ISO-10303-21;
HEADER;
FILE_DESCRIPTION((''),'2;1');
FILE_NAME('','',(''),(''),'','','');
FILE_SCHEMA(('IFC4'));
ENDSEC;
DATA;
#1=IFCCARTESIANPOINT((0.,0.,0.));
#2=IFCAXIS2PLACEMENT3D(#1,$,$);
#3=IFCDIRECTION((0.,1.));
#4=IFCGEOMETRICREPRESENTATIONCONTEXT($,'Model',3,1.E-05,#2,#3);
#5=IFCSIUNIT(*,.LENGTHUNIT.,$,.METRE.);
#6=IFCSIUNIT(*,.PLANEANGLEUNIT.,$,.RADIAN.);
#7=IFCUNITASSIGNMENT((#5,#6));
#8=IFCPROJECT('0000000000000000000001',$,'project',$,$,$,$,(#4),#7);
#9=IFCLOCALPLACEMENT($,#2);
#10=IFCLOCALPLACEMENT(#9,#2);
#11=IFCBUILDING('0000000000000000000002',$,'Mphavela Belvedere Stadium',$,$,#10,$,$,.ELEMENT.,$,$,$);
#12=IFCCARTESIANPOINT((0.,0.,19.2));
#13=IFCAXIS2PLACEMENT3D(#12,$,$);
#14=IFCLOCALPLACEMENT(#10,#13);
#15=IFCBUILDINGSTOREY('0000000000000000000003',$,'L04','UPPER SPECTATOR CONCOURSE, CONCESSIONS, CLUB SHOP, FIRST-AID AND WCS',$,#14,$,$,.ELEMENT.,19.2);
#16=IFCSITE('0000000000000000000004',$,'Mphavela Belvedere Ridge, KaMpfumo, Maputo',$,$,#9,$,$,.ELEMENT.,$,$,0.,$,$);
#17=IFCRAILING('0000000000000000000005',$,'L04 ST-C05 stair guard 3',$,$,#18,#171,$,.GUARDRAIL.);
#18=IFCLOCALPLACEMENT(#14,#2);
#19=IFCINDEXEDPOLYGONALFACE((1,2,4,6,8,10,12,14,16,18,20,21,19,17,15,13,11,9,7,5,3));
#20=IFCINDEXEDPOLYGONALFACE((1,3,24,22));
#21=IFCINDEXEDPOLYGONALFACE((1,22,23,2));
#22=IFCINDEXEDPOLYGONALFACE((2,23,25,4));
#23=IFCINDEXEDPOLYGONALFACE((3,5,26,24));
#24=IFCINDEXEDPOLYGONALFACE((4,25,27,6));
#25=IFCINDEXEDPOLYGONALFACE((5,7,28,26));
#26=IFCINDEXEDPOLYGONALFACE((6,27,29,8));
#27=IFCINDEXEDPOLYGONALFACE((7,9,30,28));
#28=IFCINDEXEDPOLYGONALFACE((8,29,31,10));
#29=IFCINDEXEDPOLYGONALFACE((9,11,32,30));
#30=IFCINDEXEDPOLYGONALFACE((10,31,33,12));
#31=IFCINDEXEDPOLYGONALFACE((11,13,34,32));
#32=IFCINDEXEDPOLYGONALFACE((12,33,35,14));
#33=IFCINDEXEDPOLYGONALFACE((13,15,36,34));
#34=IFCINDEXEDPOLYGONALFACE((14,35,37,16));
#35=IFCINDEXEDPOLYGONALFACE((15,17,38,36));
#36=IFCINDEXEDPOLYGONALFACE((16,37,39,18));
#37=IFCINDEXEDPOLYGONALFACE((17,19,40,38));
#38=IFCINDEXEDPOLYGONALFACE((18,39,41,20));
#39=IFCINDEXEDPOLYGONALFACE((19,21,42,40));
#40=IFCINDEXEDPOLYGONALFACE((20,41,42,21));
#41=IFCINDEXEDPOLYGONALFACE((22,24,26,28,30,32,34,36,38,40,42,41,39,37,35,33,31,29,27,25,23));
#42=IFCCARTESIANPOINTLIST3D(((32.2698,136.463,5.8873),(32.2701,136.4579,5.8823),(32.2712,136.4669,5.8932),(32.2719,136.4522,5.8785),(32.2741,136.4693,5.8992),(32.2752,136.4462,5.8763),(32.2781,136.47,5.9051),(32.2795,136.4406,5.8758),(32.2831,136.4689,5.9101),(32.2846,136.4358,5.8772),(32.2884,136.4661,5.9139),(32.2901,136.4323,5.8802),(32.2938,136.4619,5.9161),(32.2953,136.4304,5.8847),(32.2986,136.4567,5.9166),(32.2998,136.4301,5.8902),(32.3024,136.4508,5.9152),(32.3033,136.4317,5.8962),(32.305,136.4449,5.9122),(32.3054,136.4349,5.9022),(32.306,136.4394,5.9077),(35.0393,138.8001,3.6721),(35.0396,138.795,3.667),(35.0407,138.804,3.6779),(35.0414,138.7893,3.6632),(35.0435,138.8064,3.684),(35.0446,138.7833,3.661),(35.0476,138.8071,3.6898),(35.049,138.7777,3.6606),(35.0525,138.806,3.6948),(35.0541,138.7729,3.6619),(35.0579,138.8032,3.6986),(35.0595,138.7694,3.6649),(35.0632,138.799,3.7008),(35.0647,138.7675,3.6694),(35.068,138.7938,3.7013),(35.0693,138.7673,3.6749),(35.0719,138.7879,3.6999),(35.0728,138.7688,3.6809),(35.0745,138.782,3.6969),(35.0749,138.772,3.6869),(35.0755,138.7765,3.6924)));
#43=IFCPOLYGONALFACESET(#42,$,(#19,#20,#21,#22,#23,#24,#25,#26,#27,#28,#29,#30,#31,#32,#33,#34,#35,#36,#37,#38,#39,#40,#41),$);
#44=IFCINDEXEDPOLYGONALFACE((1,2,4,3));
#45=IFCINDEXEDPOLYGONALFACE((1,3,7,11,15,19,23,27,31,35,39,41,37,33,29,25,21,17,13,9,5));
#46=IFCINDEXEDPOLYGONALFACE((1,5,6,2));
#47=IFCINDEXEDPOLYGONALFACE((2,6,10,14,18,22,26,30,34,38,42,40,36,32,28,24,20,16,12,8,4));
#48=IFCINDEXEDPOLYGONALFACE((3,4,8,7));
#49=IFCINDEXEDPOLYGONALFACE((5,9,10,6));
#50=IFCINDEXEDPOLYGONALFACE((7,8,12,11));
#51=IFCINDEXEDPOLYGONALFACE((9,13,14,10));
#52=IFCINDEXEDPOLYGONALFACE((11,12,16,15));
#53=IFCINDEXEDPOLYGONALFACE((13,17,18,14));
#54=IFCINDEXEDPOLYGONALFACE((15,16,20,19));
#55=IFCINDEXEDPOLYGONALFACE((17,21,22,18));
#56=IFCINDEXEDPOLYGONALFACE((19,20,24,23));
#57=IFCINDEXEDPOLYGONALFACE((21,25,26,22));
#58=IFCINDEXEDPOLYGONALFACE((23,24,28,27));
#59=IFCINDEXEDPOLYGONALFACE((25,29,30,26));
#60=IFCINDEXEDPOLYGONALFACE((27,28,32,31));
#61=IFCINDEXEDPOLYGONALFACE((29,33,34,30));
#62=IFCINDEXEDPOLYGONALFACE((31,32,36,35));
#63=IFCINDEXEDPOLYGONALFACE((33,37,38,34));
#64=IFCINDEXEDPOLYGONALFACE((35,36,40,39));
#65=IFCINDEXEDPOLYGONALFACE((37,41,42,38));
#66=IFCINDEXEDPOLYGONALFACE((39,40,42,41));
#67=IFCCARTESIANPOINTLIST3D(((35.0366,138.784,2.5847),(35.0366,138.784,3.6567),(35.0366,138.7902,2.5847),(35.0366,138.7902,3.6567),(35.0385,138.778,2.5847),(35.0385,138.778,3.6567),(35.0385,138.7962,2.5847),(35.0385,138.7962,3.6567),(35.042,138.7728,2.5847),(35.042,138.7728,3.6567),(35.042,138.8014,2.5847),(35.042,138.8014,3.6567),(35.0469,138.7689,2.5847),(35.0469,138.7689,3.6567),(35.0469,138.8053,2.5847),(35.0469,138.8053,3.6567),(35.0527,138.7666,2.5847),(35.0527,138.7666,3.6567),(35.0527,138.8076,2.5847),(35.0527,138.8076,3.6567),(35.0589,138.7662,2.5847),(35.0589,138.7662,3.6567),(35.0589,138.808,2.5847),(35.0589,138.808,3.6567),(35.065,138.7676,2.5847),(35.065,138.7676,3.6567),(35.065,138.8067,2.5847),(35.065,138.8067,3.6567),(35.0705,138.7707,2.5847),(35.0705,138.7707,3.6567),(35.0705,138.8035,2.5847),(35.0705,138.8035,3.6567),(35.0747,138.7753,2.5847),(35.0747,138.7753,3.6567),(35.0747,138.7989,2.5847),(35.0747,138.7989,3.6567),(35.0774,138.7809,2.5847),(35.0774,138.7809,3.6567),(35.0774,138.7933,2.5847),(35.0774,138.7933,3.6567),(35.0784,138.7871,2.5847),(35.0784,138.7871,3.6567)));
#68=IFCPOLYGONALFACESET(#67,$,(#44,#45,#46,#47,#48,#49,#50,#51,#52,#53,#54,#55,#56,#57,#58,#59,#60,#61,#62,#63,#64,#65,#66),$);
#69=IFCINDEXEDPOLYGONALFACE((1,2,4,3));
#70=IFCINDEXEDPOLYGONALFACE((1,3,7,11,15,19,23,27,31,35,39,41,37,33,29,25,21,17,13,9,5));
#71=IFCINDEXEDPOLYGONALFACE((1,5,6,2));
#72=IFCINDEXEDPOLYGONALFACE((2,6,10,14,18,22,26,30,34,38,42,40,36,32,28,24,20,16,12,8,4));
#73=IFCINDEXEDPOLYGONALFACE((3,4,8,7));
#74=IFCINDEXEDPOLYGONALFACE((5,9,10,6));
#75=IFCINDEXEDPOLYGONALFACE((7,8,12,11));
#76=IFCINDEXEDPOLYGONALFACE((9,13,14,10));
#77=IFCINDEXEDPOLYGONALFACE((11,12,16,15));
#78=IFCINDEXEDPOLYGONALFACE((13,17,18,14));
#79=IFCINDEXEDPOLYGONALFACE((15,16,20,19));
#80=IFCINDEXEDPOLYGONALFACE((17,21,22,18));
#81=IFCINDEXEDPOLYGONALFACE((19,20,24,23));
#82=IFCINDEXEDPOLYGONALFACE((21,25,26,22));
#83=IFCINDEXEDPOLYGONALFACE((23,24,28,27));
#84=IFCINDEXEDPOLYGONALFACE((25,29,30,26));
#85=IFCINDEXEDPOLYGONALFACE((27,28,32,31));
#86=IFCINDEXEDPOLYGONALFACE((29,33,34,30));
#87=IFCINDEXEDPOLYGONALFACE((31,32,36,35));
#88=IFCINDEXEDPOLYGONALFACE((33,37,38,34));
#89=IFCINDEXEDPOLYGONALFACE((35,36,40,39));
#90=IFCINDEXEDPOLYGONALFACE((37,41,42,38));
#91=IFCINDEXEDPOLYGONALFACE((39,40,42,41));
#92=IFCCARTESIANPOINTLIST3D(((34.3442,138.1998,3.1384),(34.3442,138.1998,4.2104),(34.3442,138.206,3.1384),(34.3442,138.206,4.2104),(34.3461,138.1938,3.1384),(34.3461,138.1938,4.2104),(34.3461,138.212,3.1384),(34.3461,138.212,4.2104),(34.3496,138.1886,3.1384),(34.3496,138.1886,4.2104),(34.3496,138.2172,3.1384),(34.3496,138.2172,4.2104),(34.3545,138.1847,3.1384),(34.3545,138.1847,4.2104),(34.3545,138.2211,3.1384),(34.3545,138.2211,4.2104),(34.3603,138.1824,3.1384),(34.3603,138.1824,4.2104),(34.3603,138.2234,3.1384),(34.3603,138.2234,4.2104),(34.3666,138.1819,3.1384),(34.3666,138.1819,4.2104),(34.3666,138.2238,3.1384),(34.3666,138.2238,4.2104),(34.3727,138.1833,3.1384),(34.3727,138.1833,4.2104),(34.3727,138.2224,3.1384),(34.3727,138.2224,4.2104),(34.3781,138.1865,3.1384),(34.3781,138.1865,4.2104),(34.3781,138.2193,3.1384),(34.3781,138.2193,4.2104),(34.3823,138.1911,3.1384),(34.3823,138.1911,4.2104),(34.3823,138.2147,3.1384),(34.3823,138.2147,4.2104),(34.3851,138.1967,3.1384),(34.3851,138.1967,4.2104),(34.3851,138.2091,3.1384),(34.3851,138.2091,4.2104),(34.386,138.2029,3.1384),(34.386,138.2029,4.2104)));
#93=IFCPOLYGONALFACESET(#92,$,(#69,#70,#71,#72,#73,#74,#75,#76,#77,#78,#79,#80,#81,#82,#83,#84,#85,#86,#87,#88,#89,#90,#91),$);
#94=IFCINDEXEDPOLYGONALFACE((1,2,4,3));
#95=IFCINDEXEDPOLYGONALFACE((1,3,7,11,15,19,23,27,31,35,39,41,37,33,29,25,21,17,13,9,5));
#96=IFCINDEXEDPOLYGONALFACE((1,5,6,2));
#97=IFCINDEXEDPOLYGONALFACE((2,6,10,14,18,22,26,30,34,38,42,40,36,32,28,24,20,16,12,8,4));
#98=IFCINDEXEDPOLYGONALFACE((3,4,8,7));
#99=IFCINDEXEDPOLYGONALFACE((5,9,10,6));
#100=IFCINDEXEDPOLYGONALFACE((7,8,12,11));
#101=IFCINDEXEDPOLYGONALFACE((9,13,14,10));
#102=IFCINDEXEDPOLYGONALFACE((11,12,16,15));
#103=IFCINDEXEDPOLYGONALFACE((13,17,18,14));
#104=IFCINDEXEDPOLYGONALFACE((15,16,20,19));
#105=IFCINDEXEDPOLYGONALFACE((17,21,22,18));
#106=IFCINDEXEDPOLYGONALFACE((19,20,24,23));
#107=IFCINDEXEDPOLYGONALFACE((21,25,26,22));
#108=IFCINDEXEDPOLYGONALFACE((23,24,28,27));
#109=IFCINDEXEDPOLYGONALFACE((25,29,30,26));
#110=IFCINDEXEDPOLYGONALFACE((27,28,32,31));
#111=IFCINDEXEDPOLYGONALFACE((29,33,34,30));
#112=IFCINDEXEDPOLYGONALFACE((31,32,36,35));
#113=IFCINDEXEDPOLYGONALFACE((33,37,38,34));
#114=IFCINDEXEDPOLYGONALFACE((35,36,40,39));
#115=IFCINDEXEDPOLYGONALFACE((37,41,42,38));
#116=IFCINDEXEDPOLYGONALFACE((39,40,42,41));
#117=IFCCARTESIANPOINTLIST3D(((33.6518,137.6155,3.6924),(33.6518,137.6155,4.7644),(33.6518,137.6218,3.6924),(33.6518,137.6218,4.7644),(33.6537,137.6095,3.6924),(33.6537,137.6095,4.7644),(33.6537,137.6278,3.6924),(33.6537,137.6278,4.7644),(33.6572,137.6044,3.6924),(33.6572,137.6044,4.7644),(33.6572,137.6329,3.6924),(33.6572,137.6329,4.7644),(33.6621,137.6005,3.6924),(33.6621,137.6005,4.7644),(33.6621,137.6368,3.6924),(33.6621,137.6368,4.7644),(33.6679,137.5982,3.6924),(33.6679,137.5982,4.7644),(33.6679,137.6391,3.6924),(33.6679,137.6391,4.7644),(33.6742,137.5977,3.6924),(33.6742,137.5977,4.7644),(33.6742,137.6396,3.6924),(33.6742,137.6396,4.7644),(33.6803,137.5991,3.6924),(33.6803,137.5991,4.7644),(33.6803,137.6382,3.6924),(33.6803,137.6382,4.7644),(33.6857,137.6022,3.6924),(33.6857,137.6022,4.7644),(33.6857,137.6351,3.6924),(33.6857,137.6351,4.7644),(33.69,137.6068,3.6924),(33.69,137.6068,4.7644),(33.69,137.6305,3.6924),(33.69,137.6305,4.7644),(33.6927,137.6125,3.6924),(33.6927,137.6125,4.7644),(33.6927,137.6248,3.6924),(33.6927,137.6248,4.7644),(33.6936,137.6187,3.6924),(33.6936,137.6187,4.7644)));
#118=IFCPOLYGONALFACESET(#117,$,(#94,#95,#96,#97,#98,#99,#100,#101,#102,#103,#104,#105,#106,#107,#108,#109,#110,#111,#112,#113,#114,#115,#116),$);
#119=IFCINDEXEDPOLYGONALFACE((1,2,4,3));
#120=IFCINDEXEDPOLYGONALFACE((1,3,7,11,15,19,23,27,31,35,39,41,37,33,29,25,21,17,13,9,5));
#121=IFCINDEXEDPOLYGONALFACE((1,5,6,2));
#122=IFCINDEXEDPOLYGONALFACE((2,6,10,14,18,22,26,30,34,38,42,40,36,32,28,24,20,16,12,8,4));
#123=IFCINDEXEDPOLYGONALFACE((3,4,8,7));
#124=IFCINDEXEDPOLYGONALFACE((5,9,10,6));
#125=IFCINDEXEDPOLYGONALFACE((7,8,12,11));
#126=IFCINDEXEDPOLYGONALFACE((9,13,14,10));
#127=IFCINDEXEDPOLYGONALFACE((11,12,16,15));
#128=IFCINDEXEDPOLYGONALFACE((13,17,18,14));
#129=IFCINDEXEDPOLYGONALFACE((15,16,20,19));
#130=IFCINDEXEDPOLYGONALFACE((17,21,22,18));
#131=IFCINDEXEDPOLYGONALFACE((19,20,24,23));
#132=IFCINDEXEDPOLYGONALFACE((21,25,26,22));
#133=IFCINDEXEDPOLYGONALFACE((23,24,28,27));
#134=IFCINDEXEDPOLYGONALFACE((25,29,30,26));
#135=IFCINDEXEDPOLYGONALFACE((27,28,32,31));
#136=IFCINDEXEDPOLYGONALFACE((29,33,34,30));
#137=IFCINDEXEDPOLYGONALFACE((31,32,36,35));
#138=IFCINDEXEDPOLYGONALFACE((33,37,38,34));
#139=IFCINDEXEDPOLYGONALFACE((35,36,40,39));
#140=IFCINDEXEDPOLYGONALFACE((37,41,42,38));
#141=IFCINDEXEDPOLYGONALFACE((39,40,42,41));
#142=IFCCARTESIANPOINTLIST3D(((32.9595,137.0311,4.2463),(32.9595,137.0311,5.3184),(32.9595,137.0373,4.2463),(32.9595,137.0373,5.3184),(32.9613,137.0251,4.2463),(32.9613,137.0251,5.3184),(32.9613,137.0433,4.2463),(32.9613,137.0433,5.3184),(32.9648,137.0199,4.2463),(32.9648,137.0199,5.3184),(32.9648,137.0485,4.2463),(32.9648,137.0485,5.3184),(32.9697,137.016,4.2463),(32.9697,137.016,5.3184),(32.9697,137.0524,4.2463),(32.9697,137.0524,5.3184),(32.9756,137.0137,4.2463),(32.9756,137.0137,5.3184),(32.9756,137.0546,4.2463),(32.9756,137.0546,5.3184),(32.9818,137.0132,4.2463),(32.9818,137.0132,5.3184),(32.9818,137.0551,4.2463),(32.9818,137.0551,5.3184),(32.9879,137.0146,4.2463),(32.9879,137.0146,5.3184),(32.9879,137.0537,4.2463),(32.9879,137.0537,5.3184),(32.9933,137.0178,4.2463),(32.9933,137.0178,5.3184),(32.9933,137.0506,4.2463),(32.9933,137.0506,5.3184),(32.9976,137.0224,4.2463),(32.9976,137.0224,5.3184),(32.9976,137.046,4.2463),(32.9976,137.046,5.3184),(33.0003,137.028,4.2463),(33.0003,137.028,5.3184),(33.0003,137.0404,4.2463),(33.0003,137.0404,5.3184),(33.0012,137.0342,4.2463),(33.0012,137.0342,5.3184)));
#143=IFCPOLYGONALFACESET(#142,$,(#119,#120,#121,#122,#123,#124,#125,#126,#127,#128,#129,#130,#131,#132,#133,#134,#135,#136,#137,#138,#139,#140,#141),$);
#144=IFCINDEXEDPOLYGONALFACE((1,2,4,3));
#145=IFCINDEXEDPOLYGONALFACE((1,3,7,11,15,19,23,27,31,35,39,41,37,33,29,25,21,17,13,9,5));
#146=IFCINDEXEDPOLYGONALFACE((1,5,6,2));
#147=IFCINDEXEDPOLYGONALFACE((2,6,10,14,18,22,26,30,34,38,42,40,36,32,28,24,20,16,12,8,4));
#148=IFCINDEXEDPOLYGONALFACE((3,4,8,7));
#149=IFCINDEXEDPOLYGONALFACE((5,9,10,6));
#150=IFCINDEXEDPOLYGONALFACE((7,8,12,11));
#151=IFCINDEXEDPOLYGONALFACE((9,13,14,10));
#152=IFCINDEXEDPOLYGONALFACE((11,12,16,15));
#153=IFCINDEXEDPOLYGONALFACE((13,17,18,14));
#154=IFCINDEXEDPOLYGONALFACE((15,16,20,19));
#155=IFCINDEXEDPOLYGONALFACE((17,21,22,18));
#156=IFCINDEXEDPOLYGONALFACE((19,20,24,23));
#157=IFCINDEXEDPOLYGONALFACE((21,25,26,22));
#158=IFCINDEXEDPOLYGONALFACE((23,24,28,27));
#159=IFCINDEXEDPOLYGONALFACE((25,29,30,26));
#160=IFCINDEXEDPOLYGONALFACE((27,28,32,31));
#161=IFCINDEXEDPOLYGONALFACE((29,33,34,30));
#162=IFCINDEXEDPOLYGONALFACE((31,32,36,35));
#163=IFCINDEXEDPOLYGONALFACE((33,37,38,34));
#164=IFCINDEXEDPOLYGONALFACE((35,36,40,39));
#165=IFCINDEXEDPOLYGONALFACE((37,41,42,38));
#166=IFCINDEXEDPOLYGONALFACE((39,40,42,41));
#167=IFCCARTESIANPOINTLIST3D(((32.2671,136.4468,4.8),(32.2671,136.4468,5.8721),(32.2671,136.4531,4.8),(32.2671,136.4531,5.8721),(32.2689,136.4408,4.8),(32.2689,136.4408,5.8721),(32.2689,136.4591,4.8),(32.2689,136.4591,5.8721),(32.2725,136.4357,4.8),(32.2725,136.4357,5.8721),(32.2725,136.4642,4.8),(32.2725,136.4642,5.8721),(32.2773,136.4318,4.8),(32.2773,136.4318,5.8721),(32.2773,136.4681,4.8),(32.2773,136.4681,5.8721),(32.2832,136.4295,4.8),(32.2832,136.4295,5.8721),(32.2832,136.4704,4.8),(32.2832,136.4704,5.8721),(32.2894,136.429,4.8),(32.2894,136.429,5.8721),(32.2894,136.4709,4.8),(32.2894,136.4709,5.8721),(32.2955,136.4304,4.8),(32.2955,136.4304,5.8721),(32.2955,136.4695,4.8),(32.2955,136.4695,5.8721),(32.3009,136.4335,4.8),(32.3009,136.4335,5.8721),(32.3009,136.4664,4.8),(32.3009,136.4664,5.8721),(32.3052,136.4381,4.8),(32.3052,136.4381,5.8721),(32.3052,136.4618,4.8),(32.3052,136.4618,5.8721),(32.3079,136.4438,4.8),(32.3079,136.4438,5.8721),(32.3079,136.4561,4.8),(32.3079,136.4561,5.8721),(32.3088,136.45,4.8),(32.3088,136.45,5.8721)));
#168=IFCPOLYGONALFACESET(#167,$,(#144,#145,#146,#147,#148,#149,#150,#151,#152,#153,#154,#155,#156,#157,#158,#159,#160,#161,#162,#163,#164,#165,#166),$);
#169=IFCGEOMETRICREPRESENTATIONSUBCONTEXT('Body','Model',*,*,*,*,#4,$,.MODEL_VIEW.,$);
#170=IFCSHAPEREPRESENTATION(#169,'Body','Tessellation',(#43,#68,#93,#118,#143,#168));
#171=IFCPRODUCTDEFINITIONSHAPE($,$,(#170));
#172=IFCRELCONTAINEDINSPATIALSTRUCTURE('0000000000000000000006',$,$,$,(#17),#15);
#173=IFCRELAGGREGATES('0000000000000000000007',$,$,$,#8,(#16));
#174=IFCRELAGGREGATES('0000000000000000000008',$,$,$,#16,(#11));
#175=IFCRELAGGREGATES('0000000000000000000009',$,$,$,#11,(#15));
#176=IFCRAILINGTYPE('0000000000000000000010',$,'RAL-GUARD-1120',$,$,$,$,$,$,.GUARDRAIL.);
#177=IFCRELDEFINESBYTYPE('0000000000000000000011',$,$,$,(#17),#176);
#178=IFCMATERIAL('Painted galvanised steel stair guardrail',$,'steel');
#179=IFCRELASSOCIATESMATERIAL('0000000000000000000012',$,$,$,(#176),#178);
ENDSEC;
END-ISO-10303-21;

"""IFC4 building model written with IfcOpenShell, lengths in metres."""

from ifc_helpers import new_model, si_unit, direction, frame, origin, origin_2d, place, context, subcontext, project, spatial, circle, extrude, material, type_object, element, save


model = new_model("IFC4")

# Units and contexts
model_context = context("Model", 3, precision=1e-05, world=origin(), true_north=direction((0.0, 1.0)))
body_context = subcontext(model_context, "Body", "Model", "MODEL_VIEW")
ifc_project = project(units=[si_unit("LENGTHUNIT", "METRE"), si_unit("PLANEANGLEUNIT", "RADIAN")], contexts=[model_context])

# Site, building, storey
site_placement = place(None, origin())
site = spatial("IfcSite", under=ifc_project, at=site_placement, Name="Mphavela Belvedere Ridge, KaMpfumo, Maputo", CompositionType="ELEMENT", RefElevation=0.0)
building_placement = place(site_placement, origin())
building = spatial("IfcBuilding", under=site, at=building_placement, Name="Mphavela Belvedere Stadium", CompositionType="ELEMENT")
storey_placement = place(building_placement, frame((0.0, 0.0, 19.2)))
storey = spatial("IfcBuildingStorey", under=building, at=storey_placement, Name="L04", Description="UPPER SPECTATOR CONCOURSE, CONCESSIONS, CLUB SHOP, FIRST-AID AND WCS", CompositionType="ELEMENT", Elevation=19.2)

# Railing
ifc_material_1 = material(Name="Painted galvanised steel stair guardrail", Category="steel")
railing_type = type_object("IfcRailingType", Name="RAL-GUARD-1120", PredefinedType="GUARDRAIL", material=ifc_material_1)
railing_1_placement = place(storey_placement, frame((35.0574, 138.7871, 2.5847)))
element("IfcRailing", 1, at=railing_1_placement, inside=storey, type_object=railing_type, Name="L04 ST-C05 stair guard 3", PredefinedType="GUARDRAIL", context=body_context, shape_type="SweptSolid", body=[
    extrude(circle(Radius=0.0239, at=origin_2d()), frame((0.0, 0.0, 1.0962), z_axis=(-0.652055, -0.550258, 0.521575), x_axis=(0.64493, -0.764242, 0.0)), (0.0, 0.0, 1.0), 4.2473),
    extrude(circle(Radius=0.021, at=origin_2d()), origin(), (0.0, 0.0, 1.0), 1.072),
    extrude(circle(Radius=0.021, at=origin_2d()), frame((-0.6924, -0.5842, 0.5537)), (0.0, 0.0, 1.0), 1.072),
    extrude(circle(Radius=0.021, at=origin_2d()), frame((-1.3848, -1.1685, 1.1077)), (0.0, 0.0, 1.0), 1.072),
    extrude(circle(Radius=0.021, at=origin_2d()), frame((-2.0771, -1.7529, 1.6616)), (0.0, 0.0, 1.0), 1.072),
    extrude(circle(Radius=0.021, at=origin_2d()), frame((-2.7695, -2.3372, 2.2153)), (0.0, 0.0, 1.0), 1.072),
])

save(model, "model.ifc")
